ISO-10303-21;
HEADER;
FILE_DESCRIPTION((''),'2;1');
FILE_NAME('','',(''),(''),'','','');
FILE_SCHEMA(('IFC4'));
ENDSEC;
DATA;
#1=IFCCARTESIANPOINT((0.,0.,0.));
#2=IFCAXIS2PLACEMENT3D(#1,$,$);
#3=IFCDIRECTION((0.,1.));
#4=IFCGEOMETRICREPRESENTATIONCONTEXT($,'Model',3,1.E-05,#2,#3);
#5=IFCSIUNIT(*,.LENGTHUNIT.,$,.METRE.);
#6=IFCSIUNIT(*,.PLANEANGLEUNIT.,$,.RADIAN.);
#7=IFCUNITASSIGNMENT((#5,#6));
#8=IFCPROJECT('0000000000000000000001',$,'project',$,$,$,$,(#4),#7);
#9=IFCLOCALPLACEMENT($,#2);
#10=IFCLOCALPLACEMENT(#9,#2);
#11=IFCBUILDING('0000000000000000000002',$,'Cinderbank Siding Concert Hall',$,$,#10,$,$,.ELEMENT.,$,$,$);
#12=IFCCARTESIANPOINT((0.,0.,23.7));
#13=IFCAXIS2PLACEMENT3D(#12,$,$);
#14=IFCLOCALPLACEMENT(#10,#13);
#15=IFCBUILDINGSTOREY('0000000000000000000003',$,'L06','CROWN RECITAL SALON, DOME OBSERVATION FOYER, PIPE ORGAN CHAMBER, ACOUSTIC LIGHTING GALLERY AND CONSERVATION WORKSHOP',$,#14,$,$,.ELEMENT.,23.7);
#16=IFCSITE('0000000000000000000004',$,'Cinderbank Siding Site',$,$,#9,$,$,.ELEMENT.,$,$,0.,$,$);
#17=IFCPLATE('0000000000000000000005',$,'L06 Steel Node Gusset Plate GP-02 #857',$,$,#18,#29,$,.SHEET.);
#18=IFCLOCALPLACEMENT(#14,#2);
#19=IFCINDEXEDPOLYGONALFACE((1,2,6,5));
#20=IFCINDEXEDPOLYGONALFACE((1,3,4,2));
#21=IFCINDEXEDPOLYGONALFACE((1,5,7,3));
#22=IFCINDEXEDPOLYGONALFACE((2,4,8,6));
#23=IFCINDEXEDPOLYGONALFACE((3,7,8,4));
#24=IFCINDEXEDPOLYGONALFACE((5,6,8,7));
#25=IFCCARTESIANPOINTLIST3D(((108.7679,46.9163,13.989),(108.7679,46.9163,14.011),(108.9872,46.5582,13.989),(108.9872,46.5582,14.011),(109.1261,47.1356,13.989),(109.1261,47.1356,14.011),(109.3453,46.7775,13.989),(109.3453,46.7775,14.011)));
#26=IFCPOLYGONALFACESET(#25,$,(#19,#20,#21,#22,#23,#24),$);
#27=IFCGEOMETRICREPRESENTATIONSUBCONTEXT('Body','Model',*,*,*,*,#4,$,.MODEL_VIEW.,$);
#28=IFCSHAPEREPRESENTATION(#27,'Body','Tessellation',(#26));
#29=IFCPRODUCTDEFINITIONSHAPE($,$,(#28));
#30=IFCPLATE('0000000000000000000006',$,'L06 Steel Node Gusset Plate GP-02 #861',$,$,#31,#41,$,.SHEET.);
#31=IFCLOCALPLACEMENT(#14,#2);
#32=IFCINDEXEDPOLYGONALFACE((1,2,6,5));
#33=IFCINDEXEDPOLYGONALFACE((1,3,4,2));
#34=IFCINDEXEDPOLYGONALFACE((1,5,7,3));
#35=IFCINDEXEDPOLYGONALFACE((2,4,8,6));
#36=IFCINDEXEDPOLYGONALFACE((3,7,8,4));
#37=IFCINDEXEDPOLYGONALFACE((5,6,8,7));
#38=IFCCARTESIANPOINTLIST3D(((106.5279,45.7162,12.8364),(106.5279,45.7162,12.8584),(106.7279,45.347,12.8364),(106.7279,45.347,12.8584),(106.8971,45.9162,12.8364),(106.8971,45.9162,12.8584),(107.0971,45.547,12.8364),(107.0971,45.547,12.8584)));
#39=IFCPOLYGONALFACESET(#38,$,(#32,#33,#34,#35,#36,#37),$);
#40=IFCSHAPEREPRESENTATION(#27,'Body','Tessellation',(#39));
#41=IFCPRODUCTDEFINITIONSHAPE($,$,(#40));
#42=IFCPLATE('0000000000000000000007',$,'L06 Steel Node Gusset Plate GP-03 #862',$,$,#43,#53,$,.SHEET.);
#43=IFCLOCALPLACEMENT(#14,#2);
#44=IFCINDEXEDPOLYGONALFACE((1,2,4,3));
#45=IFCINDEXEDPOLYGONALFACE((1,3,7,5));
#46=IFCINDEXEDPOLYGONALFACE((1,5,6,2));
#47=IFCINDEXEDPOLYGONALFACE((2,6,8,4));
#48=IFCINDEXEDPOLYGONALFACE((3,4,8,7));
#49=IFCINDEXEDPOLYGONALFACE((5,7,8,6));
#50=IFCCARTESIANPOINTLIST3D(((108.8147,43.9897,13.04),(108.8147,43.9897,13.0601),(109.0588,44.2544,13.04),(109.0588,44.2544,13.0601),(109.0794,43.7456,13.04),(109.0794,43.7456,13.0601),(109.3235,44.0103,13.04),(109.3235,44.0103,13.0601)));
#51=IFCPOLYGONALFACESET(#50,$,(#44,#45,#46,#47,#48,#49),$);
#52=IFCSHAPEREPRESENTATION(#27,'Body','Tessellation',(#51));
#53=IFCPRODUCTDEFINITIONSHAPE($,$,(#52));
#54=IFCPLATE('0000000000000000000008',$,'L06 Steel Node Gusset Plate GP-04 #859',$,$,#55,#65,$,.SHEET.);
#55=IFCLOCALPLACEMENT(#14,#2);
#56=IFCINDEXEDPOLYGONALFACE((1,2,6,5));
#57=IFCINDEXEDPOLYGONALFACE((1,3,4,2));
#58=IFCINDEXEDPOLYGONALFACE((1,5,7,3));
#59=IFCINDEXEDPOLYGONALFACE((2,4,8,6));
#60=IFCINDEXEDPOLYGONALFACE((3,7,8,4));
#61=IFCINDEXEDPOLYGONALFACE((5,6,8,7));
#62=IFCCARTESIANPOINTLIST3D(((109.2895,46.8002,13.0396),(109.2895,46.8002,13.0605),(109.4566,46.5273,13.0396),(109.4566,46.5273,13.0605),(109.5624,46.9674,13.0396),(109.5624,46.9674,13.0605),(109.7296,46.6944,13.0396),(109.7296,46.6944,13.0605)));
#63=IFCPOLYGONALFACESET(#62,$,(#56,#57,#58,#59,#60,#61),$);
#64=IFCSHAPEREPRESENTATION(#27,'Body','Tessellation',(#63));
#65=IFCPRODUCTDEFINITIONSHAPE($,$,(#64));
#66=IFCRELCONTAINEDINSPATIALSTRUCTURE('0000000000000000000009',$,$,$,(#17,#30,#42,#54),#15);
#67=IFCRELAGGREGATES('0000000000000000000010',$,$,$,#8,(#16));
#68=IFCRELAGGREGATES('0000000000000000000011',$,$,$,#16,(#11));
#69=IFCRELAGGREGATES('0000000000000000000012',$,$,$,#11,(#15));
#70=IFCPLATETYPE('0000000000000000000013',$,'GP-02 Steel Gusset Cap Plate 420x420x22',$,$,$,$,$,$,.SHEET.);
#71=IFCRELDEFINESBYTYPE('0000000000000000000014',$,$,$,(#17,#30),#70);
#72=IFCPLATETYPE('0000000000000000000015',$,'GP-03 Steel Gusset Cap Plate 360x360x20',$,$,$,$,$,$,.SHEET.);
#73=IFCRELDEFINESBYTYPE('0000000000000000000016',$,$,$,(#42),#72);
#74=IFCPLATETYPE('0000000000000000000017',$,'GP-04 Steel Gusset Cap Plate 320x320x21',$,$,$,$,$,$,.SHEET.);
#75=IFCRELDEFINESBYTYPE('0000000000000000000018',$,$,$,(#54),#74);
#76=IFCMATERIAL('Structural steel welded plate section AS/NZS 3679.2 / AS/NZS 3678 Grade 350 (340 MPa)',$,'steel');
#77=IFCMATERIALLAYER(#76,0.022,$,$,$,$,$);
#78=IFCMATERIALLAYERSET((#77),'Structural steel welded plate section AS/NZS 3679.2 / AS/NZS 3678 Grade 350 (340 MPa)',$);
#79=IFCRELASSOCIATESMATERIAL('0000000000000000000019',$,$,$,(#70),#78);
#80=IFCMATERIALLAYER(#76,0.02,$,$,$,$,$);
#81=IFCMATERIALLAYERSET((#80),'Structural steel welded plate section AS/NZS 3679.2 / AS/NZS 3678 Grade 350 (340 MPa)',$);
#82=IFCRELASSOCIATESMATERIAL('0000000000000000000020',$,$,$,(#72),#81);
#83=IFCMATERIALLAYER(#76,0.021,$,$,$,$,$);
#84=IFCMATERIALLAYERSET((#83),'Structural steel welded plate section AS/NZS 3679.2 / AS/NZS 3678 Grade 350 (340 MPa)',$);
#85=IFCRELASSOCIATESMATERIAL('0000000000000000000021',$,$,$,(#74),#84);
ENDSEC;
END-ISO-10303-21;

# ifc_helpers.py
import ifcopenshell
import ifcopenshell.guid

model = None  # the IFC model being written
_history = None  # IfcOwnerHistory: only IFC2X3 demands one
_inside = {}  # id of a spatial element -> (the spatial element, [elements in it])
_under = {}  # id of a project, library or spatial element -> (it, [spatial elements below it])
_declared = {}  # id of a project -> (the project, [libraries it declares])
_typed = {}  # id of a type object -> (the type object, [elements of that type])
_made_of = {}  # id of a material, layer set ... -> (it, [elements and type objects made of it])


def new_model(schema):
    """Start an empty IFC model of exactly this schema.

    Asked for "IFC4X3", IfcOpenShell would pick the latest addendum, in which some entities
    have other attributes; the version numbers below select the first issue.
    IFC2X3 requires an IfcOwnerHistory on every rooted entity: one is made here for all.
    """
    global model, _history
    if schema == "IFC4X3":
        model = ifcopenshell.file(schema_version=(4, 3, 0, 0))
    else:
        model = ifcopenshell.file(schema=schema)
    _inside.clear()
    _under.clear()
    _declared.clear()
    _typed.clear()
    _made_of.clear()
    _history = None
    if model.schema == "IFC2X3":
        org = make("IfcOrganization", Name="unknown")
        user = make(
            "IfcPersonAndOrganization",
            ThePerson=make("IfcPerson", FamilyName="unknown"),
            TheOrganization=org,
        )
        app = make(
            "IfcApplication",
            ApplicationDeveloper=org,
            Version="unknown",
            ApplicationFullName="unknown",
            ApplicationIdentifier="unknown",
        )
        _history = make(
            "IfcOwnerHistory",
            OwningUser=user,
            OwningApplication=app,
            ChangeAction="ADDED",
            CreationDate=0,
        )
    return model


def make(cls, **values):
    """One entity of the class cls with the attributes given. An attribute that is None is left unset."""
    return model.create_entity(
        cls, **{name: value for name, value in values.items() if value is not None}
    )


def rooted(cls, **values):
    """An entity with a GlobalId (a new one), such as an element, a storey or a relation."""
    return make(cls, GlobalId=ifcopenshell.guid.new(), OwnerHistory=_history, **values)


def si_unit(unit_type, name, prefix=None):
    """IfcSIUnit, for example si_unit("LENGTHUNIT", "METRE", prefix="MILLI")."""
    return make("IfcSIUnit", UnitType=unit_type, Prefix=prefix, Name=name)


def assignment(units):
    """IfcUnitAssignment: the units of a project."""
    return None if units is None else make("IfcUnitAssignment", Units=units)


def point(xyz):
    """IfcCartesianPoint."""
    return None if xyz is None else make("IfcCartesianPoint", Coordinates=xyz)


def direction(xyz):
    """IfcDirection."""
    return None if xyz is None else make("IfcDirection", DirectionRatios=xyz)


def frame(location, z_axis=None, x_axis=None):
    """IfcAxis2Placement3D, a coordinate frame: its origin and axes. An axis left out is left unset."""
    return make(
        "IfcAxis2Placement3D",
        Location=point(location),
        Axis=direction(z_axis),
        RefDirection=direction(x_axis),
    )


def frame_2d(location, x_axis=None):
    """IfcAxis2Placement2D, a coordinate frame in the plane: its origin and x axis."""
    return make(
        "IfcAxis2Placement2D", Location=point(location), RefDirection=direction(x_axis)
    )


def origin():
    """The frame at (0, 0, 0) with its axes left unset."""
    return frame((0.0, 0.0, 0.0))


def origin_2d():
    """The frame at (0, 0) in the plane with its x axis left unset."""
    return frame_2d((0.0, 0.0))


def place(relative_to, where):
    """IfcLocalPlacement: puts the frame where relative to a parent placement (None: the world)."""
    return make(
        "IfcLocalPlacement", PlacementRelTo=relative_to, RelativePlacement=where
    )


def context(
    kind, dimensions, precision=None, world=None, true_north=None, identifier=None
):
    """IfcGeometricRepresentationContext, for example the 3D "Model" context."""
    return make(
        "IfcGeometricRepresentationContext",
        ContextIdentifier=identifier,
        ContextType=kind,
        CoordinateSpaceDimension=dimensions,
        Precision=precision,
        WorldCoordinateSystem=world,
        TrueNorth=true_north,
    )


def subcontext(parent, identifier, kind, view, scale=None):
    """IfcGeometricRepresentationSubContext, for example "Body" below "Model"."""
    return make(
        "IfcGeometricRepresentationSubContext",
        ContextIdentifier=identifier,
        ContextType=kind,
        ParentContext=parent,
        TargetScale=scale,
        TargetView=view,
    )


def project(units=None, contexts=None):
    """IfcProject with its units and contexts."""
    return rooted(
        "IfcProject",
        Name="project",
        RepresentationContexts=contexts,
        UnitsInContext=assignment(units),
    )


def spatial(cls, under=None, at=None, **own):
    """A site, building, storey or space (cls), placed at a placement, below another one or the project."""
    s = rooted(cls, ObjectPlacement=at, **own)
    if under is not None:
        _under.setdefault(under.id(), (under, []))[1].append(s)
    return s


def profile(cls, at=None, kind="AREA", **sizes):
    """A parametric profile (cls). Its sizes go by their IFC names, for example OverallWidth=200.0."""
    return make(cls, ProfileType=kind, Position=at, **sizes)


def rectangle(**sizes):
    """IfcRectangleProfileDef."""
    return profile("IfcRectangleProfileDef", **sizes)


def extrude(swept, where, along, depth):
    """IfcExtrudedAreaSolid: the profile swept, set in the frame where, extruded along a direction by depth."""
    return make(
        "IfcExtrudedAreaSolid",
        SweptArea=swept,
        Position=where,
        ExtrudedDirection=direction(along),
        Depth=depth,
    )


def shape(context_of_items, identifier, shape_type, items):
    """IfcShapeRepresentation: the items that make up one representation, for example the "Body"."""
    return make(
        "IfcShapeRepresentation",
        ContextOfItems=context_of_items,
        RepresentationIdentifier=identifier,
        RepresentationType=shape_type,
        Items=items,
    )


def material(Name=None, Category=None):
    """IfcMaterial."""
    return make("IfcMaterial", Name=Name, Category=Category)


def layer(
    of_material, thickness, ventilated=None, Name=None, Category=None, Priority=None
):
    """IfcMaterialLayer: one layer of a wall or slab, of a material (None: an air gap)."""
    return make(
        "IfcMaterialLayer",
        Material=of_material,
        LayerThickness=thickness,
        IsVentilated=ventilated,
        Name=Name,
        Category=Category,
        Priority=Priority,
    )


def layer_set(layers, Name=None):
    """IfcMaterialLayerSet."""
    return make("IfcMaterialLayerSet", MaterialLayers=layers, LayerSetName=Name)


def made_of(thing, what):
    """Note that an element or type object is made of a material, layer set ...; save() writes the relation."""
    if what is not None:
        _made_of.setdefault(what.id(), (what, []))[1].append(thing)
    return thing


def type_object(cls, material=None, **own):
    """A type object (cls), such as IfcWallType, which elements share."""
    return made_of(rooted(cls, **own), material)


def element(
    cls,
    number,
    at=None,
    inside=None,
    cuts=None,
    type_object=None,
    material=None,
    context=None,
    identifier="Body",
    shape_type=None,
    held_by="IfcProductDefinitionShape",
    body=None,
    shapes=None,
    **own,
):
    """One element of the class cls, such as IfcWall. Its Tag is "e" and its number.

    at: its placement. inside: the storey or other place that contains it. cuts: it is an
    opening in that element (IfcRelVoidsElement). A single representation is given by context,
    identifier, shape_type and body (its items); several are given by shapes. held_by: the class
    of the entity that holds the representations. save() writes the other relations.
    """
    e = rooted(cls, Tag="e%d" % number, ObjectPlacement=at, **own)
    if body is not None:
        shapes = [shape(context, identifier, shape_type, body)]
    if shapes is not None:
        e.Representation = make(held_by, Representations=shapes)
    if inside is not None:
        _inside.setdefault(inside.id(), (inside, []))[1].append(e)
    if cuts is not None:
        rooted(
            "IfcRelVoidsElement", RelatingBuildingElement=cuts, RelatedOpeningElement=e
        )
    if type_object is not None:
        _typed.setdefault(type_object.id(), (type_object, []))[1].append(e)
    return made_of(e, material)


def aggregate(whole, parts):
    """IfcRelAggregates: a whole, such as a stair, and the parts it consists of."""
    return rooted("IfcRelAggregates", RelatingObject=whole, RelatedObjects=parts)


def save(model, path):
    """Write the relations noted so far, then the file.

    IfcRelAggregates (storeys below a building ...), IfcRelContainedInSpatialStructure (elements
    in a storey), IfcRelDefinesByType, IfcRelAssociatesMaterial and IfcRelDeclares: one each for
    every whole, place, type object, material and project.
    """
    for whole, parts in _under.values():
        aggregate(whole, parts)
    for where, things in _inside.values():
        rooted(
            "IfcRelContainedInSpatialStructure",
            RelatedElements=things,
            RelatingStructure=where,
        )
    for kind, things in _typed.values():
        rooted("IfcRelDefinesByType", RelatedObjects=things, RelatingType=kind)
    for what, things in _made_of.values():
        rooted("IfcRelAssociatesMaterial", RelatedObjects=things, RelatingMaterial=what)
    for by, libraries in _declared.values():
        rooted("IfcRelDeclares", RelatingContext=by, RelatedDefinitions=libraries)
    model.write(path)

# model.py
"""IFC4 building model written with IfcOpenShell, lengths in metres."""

from ifc_helpers import new_model, si_unit, direction, frame, origin, origin_2d, place, context, subcontext, project, spatial, rectangle, extrude, material, layer, layer_set, type_object, element, save


model = new_model("IFC4")

# Units and contexts
model_context = context("Model", 3, precision=1e-05, world=origin(), true_north=direction((0.0, 1.0)))
body_context = subcontext(model_context, "Body", "Model", "MODEL_VIEW")
ifc_project = project(units=[si_unit("LENGTHUNIT", "METRE"), si_unit("PLANEANGLEUNIT", "RADIAN")], contexts=[model_context])

# Site, building, storey
site_placement = place(None, origin())
site = spatial("IfcSite", under=ifc_project, at=site_placement, Name="Cinderbank Siding Site", CompositionType="ELEMENT", RefElevation=0.0)
building_placement = place(site_placement, origin())
building = spatial("IfcBuilding", under=site, at=building_placement, Name="Cinderbank Siding Concert Hall", CompositionType="ELEMENT")
storey_placement = place(building_placement, frame((0.0, 0.0, 23.7)))
storey = spatial("IfcBuildingStorey", under=building, at=storey_placement, Name="L06", Description="CROWN RECITAL SALON, DOME OBSERVATION FOYER, PIPE ORGAN CHAMBER, ACOUSTIC LIGHTING GALLERY AND CONSERVATION WORKSHOP", CompositionType="ELEMENT", Elevation=23.7)

# Plates
ifc_material_1 = material(Name="Structural steel welded plate section AS/NZS 3679.2 / AS/NZS 3678 Grade 350 (340 MPa)", Category="steel")
ifc_layer_1 = layer(ifc_material_1, 0.022)
ifc_layer_set_1 = layer_set([ifc_layer_1], Name="Structural steel welded plate section AS/NZS 3679.2 / AS/NZS 3678 Grade 350 (340 MPa)")
plate_type_1 = type_object("IfcPlateType", Name="GP-02 Steel Gusset Cap Plate 420x420x22", PredefinedType="SHEET", material=ifc_layer_set_1)
for number, where, z_axis, x_axis, name in (
    (1, (109.0566, 46.8469, 13.989), (0.0, 0.0, 1.0), (0.522201, -0.852822, 0.0), "L06 Steel Node Gusset Plate GP-02 #857"),
    (2, (106.8125, 45.6316, 12.8364), (0.0, 0.0, 1.0), (0.879316, 0.476238, 0.0), "L06 Steel Node Gusset Plate GP-02 #861"),
):
    element("IfcPlate", number, at=place(storey_placement, frame(where, z_axis=z_axis, x_axis=x_axis)), inside=storey, type_object=plate_type_1, Name=name, PredefinedType="SHEET", context=body_context, shape_type="SweptSolid", body=[
        extrude(rectangle(XDim=0.4199, YDim=0.4199, at=origin_2d()), origin(), (0.0, 0.0, 1.0), 0.022),
    ])
ifc_layer_2 = layer(ifc_material_1, 0.02)
ifc_layer_set_2 = layer_set([ifc_layer_2], Name="Structural steel welded plate section AS/NZS 3679.2 / AS/NZS 3678 Grade 350 (340 MPa)")
plate_type_2 = type_object("IfcPlateType", Name="GP-03 Steel Gusset Cap Plate 360x360x20", PredefinedType="SHEET", material=ifc_layer_set_2)
plate_1_placement = place(storey_placement, frame((109.0691, 44.0, 13.04), z_axis=(0.0, 0.0, 1.0), x_axis=(0.735033, -0.678031, 0.0)))
element("IfcPlate", 3, at=plate_1_placement, inside=storey, type_object=plate_type_2, Name="L06 Steel Node Gusset Plate GP-03 #862", PredefinedType="SHEET", context=body_context, shape_type="SweptSolid", body=[
    extrude(rectangle(XDim=0.3601, YDim=0.3601, at=origin_2d()), origin(), (0.0, 0.0, 1.0), 0.02),
])
ifc_layer_3 = layer(ifc_material_1, 0.021)
ifc_layer_set_3 = layer_set([ifc_layer_3], Name="Structural steel welded plate section AS/NZS 3679.2 / AS/NZS 3678 Grade 350 (340 MPa)")
plate_type_3 = type_object("IfcPlateType", Name="GP-04 Steel Gusset Cap Plate 320x320x21", PredefinedType="SHEET", material=ifc_layer_set_3)
plate_2_placement = place(storey_placement, frame((109.5095, 46.7473, 13.0396), z_axis=(0.0, 0.0, 1.0), x_axis=(0.522201, -0.852822, 0.0)))
element("IfcPlate", 4, at=plate_2_placement, inside=storey, type_object=plate_type_3, Name="L06 Steel Node Gusset Plate GP-04 #859", PredefinedType="SHEET", context=body_context, shape_type="SweptSolid", body=[
    extrude(rectangle(XDim=0.3201, YDim=0.3201, at=origin_2d()), origin(), (0.0, 0.0, 1.0), 0.021),
])

save(model, "model.ifc")
